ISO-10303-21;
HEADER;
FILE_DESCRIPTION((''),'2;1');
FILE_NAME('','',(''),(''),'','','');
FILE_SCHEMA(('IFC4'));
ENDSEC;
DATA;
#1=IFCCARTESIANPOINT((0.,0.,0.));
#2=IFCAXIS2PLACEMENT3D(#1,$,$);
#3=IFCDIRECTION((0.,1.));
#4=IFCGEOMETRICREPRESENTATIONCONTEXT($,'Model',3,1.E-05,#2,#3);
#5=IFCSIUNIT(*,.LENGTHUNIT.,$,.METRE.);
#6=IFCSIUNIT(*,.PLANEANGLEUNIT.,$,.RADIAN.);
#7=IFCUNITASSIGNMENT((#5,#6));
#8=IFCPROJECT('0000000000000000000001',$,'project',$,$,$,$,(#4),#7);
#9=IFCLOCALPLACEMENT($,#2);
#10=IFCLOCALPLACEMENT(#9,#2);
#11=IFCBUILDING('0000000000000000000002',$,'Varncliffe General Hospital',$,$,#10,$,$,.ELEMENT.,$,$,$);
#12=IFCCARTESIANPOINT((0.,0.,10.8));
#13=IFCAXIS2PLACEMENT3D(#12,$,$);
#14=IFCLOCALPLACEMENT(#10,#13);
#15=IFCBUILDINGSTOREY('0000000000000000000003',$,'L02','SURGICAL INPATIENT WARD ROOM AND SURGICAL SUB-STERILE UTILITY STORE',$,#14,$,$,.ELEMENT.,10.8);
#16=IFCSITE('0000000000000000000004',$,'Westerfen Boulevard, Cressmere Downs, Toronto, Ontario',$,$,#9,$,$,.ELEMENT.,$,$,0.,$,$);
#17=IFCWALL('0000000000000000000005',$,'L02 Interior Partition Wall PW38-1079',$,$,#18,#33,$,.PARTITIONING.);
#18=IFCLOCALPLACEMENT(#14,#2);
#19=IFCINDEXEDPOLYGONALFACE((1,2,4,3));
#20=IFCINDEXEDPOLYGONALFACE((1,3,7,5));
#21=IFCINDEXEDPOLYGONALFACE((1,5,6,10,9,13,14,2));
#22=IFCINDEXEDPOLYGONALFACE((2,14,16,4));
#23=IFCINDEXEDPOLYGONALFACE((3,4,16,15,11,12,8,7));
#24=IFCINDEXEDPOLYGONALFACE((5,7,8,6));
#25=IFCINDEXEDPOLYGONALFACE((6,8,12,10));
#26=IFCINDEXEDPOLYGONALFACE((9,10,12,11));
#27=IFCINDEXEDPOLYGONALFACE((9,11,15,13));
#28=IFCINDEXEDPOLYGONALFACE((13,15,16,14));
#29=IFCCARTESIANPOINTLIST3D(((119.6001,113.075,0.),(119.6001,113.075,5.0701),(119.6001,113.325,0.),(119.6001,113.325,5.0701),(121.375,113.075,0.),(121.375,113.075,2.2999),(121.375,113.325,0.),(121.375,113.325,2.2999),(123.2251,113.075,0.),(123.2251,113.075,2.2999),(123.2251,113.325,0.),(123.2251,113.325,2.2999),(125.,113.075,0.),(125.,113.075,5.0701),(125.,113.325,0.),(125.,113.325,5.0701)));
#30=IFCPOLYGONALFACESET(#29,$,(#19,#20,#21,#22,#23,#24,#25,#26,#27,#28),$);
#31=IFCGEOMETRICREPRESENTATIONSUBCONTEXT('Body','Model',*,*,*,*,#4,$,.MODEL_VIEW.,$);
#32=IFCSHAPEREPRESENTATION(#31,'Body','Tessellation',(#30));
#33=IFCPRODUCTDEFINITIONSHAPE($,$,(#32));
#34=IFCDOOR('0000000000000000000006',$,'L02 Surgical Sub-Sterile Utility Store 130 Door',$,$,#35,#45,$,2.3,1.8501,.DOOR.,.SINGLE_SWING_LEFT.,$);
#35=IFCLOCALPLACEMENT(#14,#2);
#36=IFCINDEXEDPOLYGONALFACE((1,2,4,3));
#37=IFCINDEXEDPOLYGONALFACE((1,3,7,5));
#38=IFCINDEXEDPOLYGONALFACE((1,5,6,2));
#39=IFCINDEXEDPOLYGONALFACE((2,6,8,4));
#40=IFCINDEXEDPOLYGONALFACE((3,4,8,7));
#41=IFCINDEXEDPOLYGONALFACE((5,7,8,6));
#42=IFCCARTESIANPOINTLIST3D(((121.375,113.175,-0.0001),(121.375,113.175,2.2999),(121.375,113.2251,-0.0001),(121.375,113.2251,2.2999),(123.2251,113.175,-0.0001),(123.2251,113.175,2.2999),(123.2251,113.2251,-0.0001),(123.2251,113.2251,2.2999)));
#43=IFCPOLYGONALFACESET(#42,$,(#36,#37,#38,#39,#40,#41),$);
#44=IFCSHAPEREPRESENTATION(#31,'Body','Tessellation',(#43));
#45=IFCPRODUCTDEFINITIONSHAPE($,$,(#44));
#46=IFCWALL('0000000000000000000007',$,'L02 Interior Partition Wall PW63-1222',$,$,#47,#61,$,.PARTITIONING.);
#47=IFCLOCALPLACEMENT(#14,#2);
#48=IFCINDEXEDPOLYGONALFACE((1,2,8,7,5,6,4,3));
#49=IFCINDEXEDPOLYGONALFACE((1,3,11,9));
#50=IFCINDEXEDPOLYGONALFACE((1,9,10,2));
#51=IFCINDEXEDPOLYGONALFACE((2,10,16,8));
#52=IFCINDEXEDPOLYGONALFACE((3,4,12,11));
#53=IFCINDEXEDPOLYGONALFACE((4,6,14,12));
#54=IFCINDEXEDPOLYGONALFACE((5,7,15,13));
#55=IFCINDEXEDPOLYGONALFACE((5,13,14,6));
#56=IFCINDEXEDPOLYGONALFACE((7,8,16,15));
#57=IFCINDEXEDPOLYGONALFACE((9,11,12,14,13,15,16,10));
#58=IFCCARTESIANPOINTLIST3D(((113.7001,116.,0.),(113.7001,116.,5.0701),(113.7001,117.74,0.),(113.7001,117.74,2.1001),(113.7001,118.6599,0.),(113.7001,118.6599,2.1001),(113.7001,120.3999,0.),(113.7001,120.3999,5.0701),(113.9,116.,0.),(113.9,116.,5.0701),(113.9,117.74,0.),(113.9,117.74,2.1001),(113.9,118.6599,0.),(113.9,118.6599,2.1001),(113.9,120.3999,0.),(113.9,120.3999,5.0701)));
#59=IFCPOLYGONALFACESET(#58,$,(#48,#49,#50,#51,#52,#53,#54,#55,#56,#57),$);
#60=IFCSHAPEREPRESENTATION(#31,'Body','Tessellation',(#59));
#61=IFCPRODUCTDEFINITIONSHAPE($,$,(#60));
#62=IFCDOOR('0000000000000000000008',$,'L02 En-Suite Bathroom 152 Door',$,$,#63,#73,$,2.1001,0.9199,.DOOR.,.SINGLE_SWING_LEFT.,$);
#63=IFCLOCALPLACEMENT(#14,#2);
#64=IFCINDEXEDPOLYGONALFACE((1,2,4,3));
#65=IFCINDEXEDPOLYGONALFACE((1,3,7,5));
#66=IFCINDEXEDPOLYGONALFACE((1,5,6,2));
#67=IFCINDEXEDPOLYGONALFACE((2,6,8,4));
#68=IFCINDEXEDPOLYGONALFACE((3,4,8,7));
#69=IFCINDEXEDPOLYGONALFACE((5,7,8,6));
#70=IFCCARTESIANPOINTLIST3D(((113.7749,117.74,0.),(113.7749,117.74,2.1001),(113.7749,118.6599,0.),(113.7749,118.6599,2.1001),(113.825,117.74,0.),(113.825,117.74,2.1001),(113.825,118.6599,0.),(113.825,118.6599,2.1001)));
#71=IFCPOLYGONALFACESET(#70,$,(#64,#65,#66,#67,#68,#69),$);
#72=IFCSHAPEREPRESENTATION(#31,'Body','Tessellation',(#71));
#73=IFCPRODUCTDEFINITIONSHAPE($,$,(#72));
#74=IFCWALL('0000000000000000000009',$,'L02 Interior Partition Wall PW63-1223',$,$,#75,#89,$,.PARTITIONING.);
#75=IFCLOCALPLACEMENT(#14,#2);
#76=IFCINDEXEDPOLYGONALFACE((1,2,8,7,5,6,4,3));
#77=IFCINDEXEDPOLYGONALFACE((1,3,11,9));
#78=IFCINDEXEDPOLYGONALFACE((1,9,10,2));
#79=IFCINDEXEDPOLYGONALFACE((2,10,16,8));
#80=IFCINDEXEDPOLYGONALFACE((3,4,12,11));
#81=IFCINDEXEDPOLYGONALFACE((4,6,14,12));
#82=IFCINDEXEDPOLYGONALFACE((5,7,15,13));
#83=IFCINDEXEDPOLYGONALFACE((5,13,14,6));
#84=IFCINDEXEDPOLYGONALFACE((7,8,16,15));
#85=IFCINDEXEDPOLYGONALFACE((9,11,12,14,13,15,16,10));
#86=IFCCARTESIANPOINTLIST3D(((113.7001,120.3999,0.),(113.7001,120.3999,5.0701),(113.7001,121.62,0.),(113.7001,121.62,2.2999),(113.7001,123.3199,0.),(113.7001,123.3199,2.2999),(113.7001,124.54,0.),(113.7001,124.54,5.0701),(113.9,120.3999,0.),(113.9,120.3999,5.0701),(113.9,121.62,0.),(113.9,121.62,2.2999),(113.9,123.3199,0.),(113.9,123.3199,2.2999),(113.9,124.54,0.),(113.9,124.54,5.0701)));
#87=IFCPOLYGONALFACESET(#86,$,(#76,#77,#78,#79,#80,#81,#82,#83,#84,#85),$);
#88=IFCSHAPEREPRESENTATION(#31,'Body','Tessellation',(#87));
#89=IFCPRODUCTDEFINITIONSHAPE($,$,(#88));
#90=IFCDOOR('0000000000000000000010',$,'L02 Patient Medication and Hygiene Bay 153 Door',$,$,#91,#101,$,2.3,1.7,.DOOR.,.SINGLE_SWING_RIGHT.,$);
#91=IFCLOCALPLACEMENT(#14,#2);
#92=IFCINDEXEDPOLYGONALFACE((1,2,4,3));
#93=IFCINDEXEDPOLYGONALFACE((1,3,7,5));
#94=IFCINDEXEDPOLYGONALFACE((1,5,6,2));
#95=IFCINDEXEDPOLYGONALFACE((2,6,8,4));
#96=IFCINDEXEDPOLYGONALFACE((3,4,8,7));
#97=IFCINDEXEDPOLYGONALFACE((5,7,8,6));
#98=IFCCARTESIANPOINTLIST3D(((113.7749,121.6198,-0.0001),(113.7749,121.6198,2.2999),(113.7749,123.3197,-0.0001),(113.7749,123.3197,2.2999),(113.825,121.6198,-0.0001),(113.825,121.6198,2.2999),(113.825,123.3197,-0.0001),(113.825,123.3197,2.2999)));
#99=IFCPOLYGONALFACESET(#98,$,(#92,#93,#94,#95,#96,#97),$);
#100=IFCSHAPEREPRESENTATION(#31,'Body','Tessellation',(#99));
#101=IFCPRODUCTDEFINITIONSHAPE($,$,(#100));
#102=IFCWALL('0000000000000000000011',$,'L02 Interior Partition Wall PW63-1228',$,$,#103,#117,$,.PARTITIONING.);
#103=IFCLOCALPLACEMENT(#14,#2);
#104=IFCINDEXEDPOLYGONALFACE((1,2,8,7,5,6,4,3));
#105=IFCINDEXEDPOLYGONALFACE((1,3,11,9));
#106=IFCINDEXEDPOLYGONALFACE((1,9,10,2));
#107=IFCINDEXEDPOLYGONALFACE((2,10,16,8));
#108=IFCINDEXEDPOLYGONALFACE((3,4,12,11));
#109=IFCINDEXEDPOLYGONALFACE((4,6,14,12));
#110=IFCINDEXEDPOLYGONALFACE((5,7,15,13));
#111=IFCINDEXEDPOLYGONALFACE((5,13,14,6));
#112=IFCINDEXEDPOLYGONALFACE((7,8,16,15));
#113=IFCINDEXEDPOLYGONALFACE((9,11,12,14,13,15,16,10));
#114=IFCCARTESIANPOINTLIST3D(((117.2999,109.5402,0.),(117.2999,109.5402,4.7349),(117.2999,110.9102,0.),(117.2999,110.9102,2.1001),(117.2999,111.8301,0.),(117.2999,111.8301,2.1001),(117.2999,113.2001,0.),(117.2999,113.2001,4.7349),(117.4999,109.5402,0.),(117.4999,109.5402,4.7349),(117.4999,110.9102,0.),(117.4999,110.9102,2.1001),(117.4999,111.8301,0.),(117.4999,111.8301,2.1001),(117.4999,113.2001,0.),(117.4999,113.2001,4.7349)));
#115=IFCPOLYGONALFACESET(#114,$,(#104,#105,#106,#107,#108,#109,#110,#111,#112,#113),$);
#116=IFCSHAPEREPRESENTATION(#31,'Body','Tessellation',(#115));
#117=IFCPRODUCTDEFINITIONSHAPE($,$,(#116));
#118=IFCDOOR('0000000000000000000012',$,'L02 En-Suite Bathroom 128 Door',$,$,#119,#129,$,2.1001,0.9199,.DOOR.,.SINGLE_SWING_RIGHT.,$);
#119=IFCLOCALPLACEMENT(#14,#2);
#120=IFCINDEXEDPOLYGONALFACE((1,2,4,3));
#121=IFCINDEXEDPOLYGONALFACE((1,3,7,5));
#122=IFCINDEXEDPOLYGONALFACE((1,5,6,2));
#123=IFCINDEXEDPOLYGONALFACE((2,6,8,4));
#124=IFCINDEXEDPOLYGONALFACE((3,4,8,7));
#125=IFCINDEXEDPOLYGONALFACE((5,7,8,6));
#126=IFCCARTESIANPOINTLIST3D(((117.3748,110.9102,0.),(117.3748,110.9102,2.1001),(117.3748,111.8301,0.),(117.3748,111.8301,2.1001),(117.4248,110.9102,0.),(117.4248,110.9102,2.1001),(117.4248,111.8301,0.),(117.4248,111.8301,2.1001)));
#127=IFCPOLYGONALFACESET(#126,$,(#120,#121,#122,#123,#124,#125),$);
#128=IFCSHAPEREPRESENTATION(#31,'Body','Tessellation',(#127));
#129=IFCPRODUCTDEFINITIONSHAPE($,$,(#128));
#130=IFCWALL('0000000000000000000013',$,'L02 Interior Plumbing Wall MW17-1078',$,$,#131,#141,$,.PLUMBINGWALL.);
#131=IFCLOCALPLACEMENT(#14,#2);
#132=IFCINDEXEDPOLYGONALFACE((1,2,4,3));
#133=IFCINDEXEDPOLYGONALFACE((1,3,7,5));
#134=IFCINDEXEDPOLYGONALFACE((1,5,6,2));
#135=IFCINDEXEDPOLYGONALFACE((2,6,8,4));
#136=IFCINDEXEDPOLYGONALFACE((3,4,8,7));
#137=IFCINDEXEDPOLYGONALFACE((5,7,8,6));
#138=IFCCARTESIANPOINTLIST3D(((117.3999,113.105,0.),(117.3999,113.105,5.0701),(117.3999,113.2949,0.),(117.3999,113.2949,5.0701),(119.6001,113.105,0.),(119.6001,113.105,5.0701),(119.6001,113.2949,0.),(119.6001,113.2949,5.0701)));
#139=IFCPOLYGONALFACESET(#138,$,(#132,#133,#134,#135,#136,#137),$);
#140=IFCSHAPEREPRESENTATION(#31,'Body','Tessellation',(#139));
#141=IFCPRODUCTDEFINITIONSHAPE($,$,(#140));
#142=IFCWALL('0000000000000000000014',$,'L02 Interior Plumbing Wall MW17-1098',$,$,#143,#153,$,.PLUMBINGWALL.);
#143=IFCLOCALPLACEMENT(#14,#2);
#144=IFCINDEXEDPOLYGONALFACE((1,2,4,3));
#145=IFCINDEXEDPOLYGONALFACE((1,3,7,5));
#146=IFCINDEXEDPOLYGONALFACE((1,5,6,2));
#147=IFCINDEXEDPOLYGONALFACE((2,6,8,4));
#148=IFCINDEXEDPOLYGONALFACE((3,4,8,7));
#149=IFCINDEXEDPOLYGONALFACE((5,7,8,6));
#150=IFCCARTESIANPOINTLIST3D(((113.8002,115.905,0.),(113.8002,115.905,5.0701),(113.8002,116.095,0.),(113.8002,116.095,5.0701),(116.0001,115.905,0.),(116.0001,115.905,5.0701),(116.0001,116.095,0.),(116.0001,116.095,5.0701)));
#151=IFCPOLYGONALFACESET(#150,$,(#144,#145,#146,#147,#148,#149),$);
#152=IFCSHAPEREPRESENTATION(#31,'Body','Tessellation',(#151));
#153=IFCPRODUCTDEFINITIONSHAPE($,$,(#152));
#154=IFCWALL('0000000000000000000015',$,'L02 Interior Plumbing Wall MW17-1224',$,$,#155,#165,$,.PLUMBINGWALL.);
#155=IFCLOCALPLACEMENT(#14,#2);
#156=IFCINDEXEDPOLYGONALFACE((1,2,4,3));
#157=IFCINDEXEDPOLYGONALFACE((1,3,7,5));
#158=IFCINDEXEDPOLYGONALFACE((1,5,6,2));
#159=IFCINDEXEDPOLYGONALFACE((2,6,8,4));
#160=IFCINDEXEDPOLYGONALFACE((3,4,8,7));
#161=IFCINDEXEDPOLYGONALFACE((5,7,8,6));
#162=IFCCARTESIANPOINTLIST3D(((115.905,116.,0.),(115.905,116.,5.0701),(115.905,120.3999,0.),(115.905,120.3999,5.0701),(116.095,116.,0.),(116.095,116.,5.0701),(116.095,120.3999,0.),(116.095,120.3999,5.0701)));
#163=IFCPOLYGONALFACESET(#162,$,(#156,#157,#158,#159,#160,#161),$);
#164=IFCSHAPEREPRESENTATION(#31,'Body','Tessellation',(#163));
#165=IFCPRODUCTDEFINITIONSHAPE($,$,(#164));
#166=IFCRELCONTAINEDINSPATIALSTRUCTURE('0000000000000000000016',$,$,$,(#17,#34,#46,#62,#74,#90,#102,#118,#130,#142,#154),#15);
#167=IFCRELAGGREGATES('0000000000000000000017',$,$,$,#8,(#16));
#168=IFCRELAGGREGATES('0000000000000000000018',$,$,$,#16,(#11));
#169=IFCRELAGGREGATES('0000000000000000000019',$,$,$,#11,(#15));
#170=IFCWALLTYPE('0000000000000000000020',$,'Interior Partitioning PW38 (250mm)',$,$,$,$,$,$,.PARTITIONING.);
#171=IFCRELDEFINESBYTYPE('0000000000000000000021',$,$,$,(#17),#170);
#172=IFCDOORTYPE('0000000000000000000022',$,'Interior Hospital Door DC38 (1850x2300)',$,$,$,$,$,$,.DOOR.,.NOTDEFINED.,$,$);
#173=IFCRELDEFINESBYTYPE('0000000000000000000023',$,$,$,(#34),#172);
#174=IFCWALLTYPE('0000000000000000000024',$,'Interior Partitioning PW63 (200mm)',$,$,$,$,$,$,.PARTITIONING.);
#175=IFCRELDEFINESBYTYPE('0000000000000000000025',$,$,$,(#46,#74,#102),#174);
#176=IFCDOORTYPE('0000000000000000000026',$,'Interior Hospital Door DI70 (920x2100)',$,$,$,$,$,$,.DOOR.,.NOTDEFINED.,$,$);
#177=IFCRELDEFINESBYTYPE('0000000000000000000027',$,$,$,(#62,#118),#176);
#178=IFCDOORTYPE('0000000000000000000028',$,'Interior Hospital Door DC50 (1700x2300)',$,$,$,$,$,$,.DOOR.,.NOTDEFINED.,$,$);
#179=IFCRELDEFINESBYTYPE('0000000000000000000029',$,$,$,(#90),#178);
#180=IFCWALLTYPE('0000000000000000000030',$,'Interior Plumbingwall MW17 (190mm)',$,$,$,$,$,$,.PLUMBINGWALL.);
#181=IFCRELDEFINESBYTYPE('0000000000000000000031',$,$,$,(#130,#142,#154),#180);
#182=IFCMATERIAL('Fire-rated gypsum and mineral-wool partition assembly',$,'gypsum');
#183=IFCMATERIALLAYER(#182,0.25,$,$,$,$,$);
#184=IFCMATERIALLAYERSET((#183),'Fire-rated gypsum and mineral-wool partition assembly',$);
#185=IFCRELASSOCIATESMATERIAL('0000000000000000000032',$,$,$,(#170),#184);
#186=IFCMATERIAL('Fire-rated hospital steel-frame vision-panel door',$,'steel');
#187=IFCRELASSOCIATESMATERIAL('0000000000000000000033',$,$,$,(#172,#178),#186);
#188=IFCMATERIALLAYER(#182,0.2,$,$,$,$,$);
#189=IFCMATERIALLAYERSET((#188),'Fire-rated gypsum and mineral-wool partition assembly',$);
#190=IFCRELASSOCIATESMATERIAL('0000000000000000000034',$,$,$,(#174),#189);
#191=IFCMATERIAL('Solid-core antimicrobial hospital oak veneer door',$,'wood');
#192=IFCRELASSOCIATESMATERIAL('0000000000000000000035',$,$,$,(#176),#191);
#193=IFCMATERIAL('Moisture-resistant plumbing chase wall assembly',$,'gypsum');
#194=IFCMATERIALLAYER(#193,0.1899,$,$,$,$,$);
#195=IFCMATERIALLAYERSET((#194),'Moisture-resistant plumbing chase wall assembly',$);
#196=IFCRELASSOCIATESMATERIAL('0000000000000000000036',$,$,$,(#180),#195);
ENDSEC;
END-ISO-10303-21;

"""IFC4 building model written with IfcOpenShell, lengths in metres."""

from ifc_helpers import new_model, si_unit, direction, frame, frame_2d, origin, place, context, subcontext, project, spatial, rectangle, extrude, material, layer, layer_set, type_object, element, fill, save


model = new_model("IFC4")

# Units and contexts
model_context = context("Model", 3, precision=1e-05, world=origin(), true_north=direction((0.0, 1.0)))
body_context = subcontext(model_context, "Body", "Model", "MODEL_VIEW")
ifc_project = project(units=[si_unit("LENGTHUNIT", "METRE"), si_unit("PLANEANGLEUNIT", "RADIAN")], contexts=[model_context])

# Site, building, storey
site_placement = place(None, origin())
site = spatial("IfcSite", under=ifc_project, at=site_placement, Name="Westerfen Boulevard, Cressmere Downs, Toronto, Ontario", CompositionType="ELEMENT", RefElevation=0.0)
building_placement = place(site_placement, origin())
building = spatial("IfcBuilding", under=site, at=building_placement, Name="Varncliffe General Hospital", CompositionType="ELEMENT")
storey_placement = place(building_placement, frame((0.0, 0.0, 10.8)))
storey = spatial("IfcBuildingStorey", under=building, at=storey_placement, Name="L02", Description="SURGICAL INPATIENT WARD ROOM AND SURGICAL SUB-STERILE UTILITY STORE", CompositionType="ELEMENT", Elevation=10.8)

# Walls, openings, doors
ifc_material_1 = material(Name="Fire-rated gypsum and mineral-wool partition assembly", Category="gypsum")
ifc_layer_1 = layer(ifc_material_1, 0.25)
ifc_layer_set_1 = layer_set([ifc_layer_1], Name="Fire-rated gypsum and mineral-wool partition assembly")
wall_type_1 = type_object("IfcWallType", Name="Interior Partitioning PW38 (250mm)", PredefinedType="PARTITIONING", material=ifc_layer_set_1)
wall_1_placement = place(storey_placement, frame((119.6001, 113.2, 0.0), z_axis=(0.0, 0.0, 1.0), x_axis=(1.0, 0.0, 0.0)))
wall_1 = element("IfcWall", 1, at=wall_1_placement, inside=storey, type_object=wall_type_1, Name="L02 Interior Partition Wall PW38-1079", PredefinedType="PARTITIONING", context=body_context, shape_type="SweptSolid", body=[
    extrude(rectangle(XDim=5.3999, YDim=0.25, at=frame_2d((2.7, 0.0))), origin(), (0.0, 0.0, 1.0), 5.0701),
])
opening_1_placement = place(wall_1_placement, frame((1.7749, 0.0, 0.0)))
opening_1 = element("IfcOpeningElement", 2, at=opening_1_placement, cuts=wall_1, PredefinedType="OPENING", context=body_context, shape_type="SweptSolid", body=[
    extrude(rectangle(XDim=1.8501, YDim=2.3, at=frame_2d((0.925, 1.1499))), frame((0.0, 0.135, 0.0), z_axis=(0.0, -1.0, 0.0), x_axis=(1.0, 0.0, 0.0)), (0.0, 0.0, 1.0), 0.27),
])
ifc_material_2 = material(Name="Fire-rated hospital steel-frame vision-panel door", Category="steel")
door_type_1 = type_object("IfcDoorType", Name="Interior Hospital Door DC38 (1850x2300)", OperationType="NOTDEFINED", PredefinedType="DOOR", material=ifc_material_2)
door_1_placement = place(opening_1_placement, frame((1.8501, 0.0, 0.0), z_axis=(0.0, 0.0, 1.0), x_axis=(-1.0, 0.0, 0.0)))
door_1 = element("IfcDoor", 3, at=door_1_placement, inside=storey, type_object=door_type_1, Name="L02 Surgical Sub-Sterile Utility Store 130 Door", OperationType="SINGLE_SWING_LEFT", OverallHeight=2.3, OverallWidth=1.8501, PredefinedType="DOOR", context=body_context, shape_type="SweptSolid", body=[
    extrude(rectangle(XDim=1.8501, YDim=2.3, at=frame_2d((0.925, 1.1499))), frame((0.0, 0.0249, 0.0), z_axis=(0.0, -1.0, 0.0), x_axis=(1.0, 0.0, 0.0)), (0.0, 0.0, 1.0), 0.05),
])
fill(opening_1, door_1)
ifc_layer_2 = layer(ifc_material_1, 0.2)
ifc_layer_set_2 = layer_set([ifc_layer_2], Name="Fire-rated gypsum and mineral-wool partition assembly")
wall_type_2 = type_object("IfcWallType", Name="Interior Partitioning PW63 (200mm)", PredefinedType="PARTITIONING", material=ifc_layer_set_2)
wall_2_placement = place(storey_placement, frame((113.8, 116.0, 0.0), z_axis=(0.0, 0.0, 1.0), x_axis=(0.0, 1.0, 0.0)))
wall_2 = element("IfcWall", 4, at=wall_2_placement, inside=storey, type_object=wall_type_2, Name="L02 Interior Partition Wall PW63-1222", PredefinedType="PARTITIONING", context=body_context, shape_type="SweptSolid", body=[
    extrude(rectangle(XDim=4.3999, YDim=0.2, at=frame_2d((2.2, 0.0))), origin(), (0.0, 0.0, 1.0), 5.0701),
])
opening_2_placement = place(wall_2_placement, frame((1.74, 0.0, 0.0)))
opening_2 = element("IfcOpeningElement", 5, at=opening_2_placement, cuts=wall_2, PredefinedType="OPENING", context=body_context, shape_type="SweptSolid", body=[
    extrude(rectangle(XDim=0.9199, YDim=2.1001, at=frame_2d((0.46, 1.05))), frame((0.0, 0.1099, 0.0), z_axis=(0.0, -1.0, 0.0), x_axis=(1.0, 0.0, 0.0)), (0.0, 0.0, 1.0), 0.22),
])
ifc_material_3 = material(Name="Solid-core antimicrobial hospital oak veneer door", Category="wood")
door_type_2 = type_object("IfcDoorType", Name="Interior Hospital Door DI70 (920x2100)", OperationType="NOTDEFINED", PredefinedType="DOOR", material=ifc_material_3)
door_2_placement = place(opening_2_placement, frame((0.9199, 0.0, 0.0), z_axis=(0.0, 0.0, 1.0), x_axis=(-1.0, 0.0, 0.0)))
door_2 = element("IfcDoor", 6, at=door_2_placement, inside=storey, type_object=door_type_2, Name="L02 En-Suite Bathroom 152 Door", OperationType="SINGLE_SWING_LEFT", OverallHeight=2.1001, OverallWidth=0.9199, PredefinedType="DOOR", context=body_context, shape_type="SweptSolid", body=[
    extrude(rectangle(XDim=0.9199, YDim=2.1001, at=frame_2d((0.46, 1.05))), frame((0.0, 0.0249, 0.0), z_axis=(0.0, -1.0, 0.0), x_axis=(1.0, 0.0, 0.0)), (0.0, 0.0, 1.0), 0.05),
])
fill(opening_2, door_2)
wall_3_placement = place(storey_placement, frame((113.8, 120.3999, 0.0), z_axis=(0.0, 0.0, 1.0), x_axis=(0.0, 1.0, 0.0)))
wall_3 = element("IfcWall", 7, at=wall_3_placement, inside=storey, type_object=wall_type_2, Name="L02 Interior Partition Wall PW63-1223", PredefinedType="PARTITIONING", context=body_context, shape_type="SweptSolid", body=[
    extrude(rectangle(XDim=4.1401, YDim=0.2, at=frame_2d((2.0701, 0.0))), origin(), (0.0, 0.0, 1.0), 5.0701),
])
opening_3_placement = place(wall_3_placement, frame((1.22, 0.0, 0.0)))
opening_3 = element("IfcOpeningElement", 8, at=opening_3_placement, cuts=wall_3, PredefinedType="OPENING", context=body_context, shape_type="SweptSolid", body=[
    extrude(rectangle(XDim=1.7, YDim=2.3, at=frame_2d((0.8501, 1.1499))), frame((0.0, 0.1099, 0.0), z_axis=(0.0, -1.0, 0.0), x_axis=(1.0, 0.0, 0.0)), (0.0, 0.0, 1.0), 0.22),
])
door_type_3 = type_object("IfcDoorType", Name="Interior Hospital Door DC50 (1700x2300)", OperationType="NOTDEFINED", PredefinedType="DOOR", material=ifc_material_2)
door_3_placement = place(opening_3_placement, frame((1.7, 0.0, 0.0), z_axis=(0.0, 0.0, 1.0), x_axis=(-1.0, 0.0, 0.0)))
door_3 = element("IfcDoor", 9, at=door_3_placement, inside=storey, type_object=door_type_3, Name="L02 Patient Medication and Hygiene Bay 153 Door", OperationType="SINGLE_SWING_RIGHT", OverallHeight=2.3, OverallWidth=1.7, PredefinedType="DOOR", context=body_context, shape_type="SweptSolid", body=[
    extrude(rectangle(XDim=1.7, YDim=2.3, at=frame_2d((0.8501, 1.1499))), frame((0.0, 0.0249, 0.0), z_axis=(0.0, -1.0, 0.0), x_axis=(1.0, 0.0, 0.0)), (0.0, 0.0, 1.0), 0.05),
])
fill(opening_3, door_3)
wall_4_placement = place(storey_placement, frame((117.3999, 109.54, 0.0), z_axis=(0.0, 0.0, 1.0), x_axis=(0.0, 1.0, 0.0)))
wall_4 = element("IfcWall", 10, at=wall_4_placement, inside=storey, type_object=wall_type_2, Name="L02 Interior Partition Wall PW63-1228", PredefinedType="PARTITIONING", context=body_context, shape_type="SweptSolid", body=[
    extrude(rectangle(XDim=3.6599, YDim=0.2, at=frame_2d((1.8301, 0.0))), origin(), (0.0, 0.0, 1.0), 4.7349),
])
opening_4_placement = place(wall_4_placement, frame((1.3701, 0.0, 0.0)))
opening_4 = element("IfcOpeningElement", 11, at=opening_4_placement, cuts=wall_4, PredefinedType="OPENING", context=body_context, shape_type="SweptSolid", body=[
    extrude(rectangle(XDim=0.9199, YDim=2.1001, at=frame_2d((0.46, 1.05))), frame((0.0, 0.1099, 0.0), z_axis=(0.0, -1.0, 0.0), x_axis=(1.0, 0.0, 0.0)), (0.0, 0.0, 1.0), 0.22),
])
door_4_placement = place(opening_4_placement, frame((0.9199, 0.0, 0.0), z_axis=(0.0, 0.0, 1.0), x_axis=(-1.0, 0.0, 0.0)))
door_4 = element("IfcDoor", 12, at=door_4_placement, inside=storey, type_object=door_type_2, Name="L02 En-Suite Bathroom 128 Door", OperationType="SINGLE_SWING_RIGHT", OverallHeight=2.1001, OverallWidth=0.9199, PredefinedType="DOOR", context=body_context, shape_type="SweptSolid", body=[
    extrude(rectangle(XDim=0.9199, YDim=2.1001, at=frame_2d((0.46, 1.05))), frame((0.0, 0.0249, 0.0), z_axis=(0.0, -1.0, 0.0), x_axis=(1.0, 0.0, 0.0)), (0.0, 0.0, 1.0), 0.05),
])
fill(opening_4, door_4)

# Walls
ifc_material_4 = material(Name="Moisture-resistant plumbing chase wall assembly", Category="gypsum")
ifc_layer_3 = layer(ifc_material_4, 0.1899)
ifc_layer_set_3 = layer_set([ifc_layer_3], Name="Moisture-resistant plumbing chase wall assembly")
wall_type_3 = type_object("IfcWallType", Name="Interior Plumbingwall MW17 (190mm)", PredefinedType="PLUMBINGWALL", material=ifc_layer_set_3)
wall_5_placement = place(storey_placement, frame((117.3999, 113.2, 0.0), z_axis=(0.0, 0.0, 1.0), x_axis=(1.0, 0.0, 0.0)))
element("IfcWall", 13, at=wall_5_placement, inside=storey, type_object=wall_type_3, Name="L02 Interior Plumbing Wall MW17-1078", PredefinedType="PLUMBINGWALL", context=body_context, shape_type="SweptSolid", body=[
    extrude(rectangle(XDim=2.2002, YDim=0.1899, at=frame_2d((1.1001, 0.0))), origin(), (0.0, 0.0, 1.0), 5.0701),
])
wall_6_placement = place(storey_placement, frame((113.8, 116.0, 0.0), z_axis=(0.0, 0.0, 1.0), x_axis=(1.0, 0.0, 0.0)))
element("IfcWall", 14, at=wall_6_placement, inside=storey, type_object=wall_type_3, Name="L02 Interior Plumbing Wall MW17-1098", PredefinedType="PLUMBINGWALL", context=body_context, shape_type="SweptSolid", body=[
    extrude(rectangle(XDim=2.2, YDim=0.1899, at=frame_2d((1.1001, 0.0))), origin(), (0.0, 0.0, 1.0), 5.0701),
])
wall_7_placement = place(storey_placement, frame((116.0, 116.0, 0.0), z_axis=(0.0, 0.0, 1.0), x_axis=(0.0, 1.0, 0.0)))
element("IfcWall", 15, at=wall_7_placement, inside=storey, type_object=wall_type_3, Name="L02 Interior Plumbing Wall MW17-1224", PredefinedType="PLUMBINGWALL", context=body_context, shape_type="SweptSolid", body=[
    extrude(rectangle(XDim=4.3999, YDim=0.1899, at=frame_2d((2.2, 0.0))), origin(), (0.0, 0.0, 1.0), 5.0701),
])

save(model, "model.ifc")
